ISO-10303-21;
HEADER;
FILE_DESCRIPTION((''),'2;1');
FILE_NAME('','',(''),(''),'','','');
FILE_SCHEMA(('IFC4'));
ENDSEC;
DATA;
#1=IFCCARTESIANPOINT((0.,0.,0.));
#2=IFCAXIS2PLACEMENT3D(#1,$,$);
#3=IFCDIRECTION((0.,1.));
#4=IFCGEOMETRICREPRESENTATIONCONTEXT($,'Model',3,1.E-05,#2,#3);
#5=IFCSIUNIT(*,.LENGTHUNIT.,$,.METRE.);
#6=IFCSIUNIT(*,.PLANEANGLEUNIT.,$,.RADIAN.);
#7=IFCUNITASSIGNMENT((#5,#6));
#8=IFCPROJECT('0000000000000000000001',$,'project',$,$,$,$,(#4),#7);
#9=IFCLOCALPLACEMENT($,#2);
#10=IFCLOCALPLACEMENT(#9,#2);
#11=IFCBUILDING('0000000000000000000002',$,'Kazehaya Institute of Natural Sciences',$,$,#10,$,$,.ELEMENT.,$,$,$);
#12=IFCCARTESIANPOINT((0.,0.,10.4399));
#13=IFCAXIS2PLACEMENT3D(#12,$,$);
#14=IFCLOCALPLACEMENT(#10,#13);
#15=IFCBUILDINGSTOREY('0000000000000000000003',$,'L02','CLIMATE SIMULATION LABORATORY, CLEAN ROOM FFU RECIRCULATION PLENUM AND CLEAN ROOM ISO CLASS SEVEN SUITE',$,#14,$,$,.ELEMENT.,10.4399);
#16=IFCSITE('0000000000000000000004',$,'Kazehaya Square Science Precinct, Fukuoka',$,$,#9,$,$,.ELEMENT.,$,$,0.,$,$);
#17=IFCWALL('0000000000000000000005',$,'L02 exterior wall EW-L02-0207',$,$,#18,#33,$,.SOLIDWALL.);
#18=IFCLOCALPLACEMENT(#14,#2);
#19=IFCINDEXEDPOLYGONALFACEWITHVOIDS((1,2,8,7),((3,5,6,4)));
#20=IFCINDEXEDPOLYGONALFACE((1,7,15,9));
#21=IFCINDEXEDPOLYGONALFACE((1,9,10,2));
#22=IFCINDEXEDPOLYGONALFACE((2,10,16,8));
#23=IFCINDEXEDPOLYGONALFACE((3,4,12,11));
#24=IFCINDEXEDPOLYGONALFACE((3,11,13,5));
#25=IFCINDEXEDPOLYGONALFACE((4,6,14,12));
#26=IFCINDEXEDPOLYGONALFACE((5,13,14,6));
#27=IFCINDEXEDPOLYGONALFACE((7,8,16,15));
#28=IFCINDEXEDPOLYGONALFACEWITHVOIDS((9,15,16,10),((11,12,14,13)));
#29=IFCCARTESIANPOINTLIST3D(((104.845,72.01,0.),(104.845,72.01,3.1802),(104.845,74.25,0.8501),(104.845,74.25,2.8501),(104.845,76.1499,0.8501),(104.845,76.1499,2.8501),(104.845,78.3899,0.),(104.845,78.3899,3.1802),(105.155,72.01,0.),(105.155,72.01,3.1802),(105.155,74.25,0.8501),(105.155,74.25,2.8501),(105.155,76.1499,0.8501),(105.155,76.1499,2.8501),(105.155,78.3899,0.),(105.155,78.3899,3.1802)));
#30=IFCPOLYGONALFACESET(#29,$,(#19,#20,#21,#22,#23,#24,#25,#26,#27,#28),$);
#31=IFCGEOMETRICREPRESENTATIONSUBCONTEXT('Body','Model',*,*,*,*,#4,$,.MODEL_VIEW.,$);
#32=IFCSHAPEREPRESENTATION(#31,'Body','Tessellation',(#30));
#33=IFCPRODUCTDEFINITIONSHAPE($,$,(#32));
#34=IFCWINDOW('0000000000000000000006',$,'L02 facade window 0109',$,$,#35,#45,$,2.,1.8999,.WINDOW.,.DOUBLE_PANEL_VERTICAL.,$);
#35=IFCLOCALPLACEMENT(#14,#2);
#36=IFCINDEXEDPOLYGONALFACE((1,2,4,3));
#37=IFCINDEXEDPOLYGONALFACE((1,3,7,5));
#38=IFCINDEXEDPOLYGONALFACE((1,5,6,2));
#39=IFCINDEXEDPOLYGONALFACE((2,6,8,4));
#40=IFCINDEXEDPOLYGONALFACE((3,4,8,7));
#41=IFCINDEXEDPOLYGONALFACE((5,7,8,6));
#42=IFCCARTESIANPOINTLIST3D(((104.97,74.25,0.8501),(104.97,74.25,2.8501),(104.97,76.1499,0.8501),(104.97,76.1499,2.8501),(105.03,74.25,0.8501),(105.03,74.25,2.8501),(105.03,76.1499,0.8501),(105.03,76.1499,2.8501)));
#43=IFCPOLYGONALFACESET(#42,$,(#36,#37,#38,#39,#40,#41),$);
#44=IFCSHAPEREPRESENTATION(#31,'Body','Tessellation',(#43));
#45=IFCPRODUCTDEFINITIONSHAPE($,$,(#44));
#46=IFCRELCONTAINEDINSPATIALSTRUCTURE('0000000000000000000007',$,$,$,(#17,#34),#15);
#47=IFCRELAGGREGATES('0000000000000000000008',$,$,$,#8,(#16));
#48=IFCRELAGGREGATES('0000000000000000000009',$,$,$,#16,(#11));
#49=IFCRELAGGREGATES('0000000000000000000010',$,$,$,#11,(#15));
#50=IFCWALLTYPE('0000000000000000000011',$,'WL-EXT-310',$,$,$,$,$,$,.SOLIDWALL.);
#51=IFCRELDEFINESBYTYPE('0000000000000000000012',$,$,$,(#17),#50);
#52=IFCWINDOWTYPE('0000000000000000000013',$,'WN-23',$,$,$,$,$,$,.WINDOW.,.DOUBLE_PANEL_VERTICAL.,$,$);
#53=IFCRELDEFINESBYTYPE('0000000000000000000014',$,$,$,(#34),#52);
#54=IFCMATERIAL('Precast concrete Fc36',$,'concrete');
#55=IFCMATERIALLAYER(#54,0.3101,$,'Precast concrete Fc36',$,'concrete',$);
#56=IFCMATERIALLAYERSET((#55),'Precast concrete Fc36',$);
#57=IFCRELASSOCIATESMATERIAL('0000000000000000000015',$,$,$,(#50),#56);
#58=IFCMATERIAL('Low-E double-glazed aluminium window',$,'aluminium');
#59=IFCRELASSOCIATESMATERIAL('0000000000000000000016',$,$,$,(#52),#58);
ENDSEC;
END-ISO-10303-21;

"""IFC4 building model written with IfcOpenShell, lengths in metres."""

from ifc_helpers import new_model, si_unit, direction, frame, frame_2d, origin, place, context, subcontext, project, spatial, rectangle, extrude, material, layer, layer_set, type_object, element, fill, save


model = new_model("IFC4")

# Units and contexts
model_context = context("Model", 3, precision=1e-05, world=origin(), true_north=direction((0.0, 1.0)))
body_context = subcontext(model_context, "Body", "Model", "MODEL_VIEW")
ifc_project = project(units=[si_unit("LENGTHUNIT", "METRE"), si_unit("PLANEANGLEUNIT", "RADIAN")], contexts=[model_context])

# Site, building, storey
site_placement = place(None, origin())
site = spatial("IfcSite", under=ifc_project, at=site_placement, Name="Kazehaya Square Science Precinct, Fukuoka", CompositionType="ELEMENT", RefElevation=0.0)
building_placement = place(site_placement, origin())
building = spatial("IfcBuilding", under=site, at=building_placement, Name="Kazehaya Institute of Natural Sciences", CompositionType="ELEMENT")
storey_placement = place(building_placement, frame((0.0, 0.0, 10.4399)))
storey = spatial("IfcBuildingStorey", under=building, at=storey_placement, Name="L02", Description="CLIMATE SIMULATION LABORATORY, CLEAN ROOM FFU RECIRCULATION PLENUM AND CLEAN ROOM ISO CLASS SEVEN SUITE", CompositionType="ELEMENT", Elevation=10.4399)

# Wall, opening, window
ifc_material_1 = material(Name="Precast concrete Fc36", Category="concrete")
ifc_layer = layer(ifc_material_1, 0.3101, Name="Precast concrete Fc36", Category="concrete")
ifc_layer_set = layer_set([ifc_layer], Name="Precast concrete Fc36")
wall_type = type_object("IfcWallType", Name="WL-EXT-310", PredefinedType="SOLIDWALL", material=ifc_layer_set)
ifc_material_2 = material(Name="Low-E double-glazed aluminium window", Category="aluminium")
window_type_1 = type_object("IfcWindowType", Name="WN-23", PartitioningType="DOUBLE_PANEL_VERTICAL", PredefinedType="WINDOW", material=ifc_material_2)
wall_1_placement = place(storey_placement, frame((105.0, 72.01, 0.0), z_axis=(0.0, 0.0, 1.0), x_axis=(0.0, 1.0, 0.0)))
wall_1 = element("IfcWall", 1, at=wall_1_placement, inside=storey, type_object=wall_type, Name="L02 exterior wall EW-L02-0207", PredefinedType="SOLIDWALL", context=body_context, shape_type="SweptSolid", body=[
    extrude(rectangle(XDim=6.3799, YDim=0.3101, at=frame_2d((3.1899, 0.0))), origin(), (0.0, 0.0, 1.0), 3.1802),
])
opening_1_placement = place(wall_1_placement, frame((2.24, 0.0, 0.8501)))
opening_1 = element("IfcOpeningElement", 2, at=opening_1_placement, cuts=wall_1, PredefinedType="OPENING", context=body_context, shape_type="SweptSolid", body=[
    extrude(rectangle(XDim=1.8999, YDim=2.0, at=frame_2d((0.95, 1.0))), frame((0.0, 0.165, 0.0), z_axis=(0.0, -1.0, 0.0), x_axis=(1.0, 0.0, 0.0)), (0.0, 0.0, 1.0), 0.3301),
])
window_1_placement = place(opening_1_placement, origin())
window_1 = element("IfcWindow", 3, at=window_1_placement, inside=storey, type_object=window_type_1, Name="L02 facade window 0109", OverallHeight=2.0, OverallWidth=1.8999, PartitioningType="DOUBLE_PANEL_VERTICAL", PredefinedType="WINDOW", context=body_context, shape_type="SweptSolid", body=[
    extrude(rectangle(XDim=1.8999, YDim=2.0, at=frame_2d((0.95, 1.0))), frame((0.0, 0.03, 0.0), z_axis=(0.0, -1.0, 0.0), x_axis=(1.0, 0.0, 0.0)), (0.0, 0.0, 1.0), 0.0601),
])
fill(opening_1, window_1)

save(model, "model.ifc")
